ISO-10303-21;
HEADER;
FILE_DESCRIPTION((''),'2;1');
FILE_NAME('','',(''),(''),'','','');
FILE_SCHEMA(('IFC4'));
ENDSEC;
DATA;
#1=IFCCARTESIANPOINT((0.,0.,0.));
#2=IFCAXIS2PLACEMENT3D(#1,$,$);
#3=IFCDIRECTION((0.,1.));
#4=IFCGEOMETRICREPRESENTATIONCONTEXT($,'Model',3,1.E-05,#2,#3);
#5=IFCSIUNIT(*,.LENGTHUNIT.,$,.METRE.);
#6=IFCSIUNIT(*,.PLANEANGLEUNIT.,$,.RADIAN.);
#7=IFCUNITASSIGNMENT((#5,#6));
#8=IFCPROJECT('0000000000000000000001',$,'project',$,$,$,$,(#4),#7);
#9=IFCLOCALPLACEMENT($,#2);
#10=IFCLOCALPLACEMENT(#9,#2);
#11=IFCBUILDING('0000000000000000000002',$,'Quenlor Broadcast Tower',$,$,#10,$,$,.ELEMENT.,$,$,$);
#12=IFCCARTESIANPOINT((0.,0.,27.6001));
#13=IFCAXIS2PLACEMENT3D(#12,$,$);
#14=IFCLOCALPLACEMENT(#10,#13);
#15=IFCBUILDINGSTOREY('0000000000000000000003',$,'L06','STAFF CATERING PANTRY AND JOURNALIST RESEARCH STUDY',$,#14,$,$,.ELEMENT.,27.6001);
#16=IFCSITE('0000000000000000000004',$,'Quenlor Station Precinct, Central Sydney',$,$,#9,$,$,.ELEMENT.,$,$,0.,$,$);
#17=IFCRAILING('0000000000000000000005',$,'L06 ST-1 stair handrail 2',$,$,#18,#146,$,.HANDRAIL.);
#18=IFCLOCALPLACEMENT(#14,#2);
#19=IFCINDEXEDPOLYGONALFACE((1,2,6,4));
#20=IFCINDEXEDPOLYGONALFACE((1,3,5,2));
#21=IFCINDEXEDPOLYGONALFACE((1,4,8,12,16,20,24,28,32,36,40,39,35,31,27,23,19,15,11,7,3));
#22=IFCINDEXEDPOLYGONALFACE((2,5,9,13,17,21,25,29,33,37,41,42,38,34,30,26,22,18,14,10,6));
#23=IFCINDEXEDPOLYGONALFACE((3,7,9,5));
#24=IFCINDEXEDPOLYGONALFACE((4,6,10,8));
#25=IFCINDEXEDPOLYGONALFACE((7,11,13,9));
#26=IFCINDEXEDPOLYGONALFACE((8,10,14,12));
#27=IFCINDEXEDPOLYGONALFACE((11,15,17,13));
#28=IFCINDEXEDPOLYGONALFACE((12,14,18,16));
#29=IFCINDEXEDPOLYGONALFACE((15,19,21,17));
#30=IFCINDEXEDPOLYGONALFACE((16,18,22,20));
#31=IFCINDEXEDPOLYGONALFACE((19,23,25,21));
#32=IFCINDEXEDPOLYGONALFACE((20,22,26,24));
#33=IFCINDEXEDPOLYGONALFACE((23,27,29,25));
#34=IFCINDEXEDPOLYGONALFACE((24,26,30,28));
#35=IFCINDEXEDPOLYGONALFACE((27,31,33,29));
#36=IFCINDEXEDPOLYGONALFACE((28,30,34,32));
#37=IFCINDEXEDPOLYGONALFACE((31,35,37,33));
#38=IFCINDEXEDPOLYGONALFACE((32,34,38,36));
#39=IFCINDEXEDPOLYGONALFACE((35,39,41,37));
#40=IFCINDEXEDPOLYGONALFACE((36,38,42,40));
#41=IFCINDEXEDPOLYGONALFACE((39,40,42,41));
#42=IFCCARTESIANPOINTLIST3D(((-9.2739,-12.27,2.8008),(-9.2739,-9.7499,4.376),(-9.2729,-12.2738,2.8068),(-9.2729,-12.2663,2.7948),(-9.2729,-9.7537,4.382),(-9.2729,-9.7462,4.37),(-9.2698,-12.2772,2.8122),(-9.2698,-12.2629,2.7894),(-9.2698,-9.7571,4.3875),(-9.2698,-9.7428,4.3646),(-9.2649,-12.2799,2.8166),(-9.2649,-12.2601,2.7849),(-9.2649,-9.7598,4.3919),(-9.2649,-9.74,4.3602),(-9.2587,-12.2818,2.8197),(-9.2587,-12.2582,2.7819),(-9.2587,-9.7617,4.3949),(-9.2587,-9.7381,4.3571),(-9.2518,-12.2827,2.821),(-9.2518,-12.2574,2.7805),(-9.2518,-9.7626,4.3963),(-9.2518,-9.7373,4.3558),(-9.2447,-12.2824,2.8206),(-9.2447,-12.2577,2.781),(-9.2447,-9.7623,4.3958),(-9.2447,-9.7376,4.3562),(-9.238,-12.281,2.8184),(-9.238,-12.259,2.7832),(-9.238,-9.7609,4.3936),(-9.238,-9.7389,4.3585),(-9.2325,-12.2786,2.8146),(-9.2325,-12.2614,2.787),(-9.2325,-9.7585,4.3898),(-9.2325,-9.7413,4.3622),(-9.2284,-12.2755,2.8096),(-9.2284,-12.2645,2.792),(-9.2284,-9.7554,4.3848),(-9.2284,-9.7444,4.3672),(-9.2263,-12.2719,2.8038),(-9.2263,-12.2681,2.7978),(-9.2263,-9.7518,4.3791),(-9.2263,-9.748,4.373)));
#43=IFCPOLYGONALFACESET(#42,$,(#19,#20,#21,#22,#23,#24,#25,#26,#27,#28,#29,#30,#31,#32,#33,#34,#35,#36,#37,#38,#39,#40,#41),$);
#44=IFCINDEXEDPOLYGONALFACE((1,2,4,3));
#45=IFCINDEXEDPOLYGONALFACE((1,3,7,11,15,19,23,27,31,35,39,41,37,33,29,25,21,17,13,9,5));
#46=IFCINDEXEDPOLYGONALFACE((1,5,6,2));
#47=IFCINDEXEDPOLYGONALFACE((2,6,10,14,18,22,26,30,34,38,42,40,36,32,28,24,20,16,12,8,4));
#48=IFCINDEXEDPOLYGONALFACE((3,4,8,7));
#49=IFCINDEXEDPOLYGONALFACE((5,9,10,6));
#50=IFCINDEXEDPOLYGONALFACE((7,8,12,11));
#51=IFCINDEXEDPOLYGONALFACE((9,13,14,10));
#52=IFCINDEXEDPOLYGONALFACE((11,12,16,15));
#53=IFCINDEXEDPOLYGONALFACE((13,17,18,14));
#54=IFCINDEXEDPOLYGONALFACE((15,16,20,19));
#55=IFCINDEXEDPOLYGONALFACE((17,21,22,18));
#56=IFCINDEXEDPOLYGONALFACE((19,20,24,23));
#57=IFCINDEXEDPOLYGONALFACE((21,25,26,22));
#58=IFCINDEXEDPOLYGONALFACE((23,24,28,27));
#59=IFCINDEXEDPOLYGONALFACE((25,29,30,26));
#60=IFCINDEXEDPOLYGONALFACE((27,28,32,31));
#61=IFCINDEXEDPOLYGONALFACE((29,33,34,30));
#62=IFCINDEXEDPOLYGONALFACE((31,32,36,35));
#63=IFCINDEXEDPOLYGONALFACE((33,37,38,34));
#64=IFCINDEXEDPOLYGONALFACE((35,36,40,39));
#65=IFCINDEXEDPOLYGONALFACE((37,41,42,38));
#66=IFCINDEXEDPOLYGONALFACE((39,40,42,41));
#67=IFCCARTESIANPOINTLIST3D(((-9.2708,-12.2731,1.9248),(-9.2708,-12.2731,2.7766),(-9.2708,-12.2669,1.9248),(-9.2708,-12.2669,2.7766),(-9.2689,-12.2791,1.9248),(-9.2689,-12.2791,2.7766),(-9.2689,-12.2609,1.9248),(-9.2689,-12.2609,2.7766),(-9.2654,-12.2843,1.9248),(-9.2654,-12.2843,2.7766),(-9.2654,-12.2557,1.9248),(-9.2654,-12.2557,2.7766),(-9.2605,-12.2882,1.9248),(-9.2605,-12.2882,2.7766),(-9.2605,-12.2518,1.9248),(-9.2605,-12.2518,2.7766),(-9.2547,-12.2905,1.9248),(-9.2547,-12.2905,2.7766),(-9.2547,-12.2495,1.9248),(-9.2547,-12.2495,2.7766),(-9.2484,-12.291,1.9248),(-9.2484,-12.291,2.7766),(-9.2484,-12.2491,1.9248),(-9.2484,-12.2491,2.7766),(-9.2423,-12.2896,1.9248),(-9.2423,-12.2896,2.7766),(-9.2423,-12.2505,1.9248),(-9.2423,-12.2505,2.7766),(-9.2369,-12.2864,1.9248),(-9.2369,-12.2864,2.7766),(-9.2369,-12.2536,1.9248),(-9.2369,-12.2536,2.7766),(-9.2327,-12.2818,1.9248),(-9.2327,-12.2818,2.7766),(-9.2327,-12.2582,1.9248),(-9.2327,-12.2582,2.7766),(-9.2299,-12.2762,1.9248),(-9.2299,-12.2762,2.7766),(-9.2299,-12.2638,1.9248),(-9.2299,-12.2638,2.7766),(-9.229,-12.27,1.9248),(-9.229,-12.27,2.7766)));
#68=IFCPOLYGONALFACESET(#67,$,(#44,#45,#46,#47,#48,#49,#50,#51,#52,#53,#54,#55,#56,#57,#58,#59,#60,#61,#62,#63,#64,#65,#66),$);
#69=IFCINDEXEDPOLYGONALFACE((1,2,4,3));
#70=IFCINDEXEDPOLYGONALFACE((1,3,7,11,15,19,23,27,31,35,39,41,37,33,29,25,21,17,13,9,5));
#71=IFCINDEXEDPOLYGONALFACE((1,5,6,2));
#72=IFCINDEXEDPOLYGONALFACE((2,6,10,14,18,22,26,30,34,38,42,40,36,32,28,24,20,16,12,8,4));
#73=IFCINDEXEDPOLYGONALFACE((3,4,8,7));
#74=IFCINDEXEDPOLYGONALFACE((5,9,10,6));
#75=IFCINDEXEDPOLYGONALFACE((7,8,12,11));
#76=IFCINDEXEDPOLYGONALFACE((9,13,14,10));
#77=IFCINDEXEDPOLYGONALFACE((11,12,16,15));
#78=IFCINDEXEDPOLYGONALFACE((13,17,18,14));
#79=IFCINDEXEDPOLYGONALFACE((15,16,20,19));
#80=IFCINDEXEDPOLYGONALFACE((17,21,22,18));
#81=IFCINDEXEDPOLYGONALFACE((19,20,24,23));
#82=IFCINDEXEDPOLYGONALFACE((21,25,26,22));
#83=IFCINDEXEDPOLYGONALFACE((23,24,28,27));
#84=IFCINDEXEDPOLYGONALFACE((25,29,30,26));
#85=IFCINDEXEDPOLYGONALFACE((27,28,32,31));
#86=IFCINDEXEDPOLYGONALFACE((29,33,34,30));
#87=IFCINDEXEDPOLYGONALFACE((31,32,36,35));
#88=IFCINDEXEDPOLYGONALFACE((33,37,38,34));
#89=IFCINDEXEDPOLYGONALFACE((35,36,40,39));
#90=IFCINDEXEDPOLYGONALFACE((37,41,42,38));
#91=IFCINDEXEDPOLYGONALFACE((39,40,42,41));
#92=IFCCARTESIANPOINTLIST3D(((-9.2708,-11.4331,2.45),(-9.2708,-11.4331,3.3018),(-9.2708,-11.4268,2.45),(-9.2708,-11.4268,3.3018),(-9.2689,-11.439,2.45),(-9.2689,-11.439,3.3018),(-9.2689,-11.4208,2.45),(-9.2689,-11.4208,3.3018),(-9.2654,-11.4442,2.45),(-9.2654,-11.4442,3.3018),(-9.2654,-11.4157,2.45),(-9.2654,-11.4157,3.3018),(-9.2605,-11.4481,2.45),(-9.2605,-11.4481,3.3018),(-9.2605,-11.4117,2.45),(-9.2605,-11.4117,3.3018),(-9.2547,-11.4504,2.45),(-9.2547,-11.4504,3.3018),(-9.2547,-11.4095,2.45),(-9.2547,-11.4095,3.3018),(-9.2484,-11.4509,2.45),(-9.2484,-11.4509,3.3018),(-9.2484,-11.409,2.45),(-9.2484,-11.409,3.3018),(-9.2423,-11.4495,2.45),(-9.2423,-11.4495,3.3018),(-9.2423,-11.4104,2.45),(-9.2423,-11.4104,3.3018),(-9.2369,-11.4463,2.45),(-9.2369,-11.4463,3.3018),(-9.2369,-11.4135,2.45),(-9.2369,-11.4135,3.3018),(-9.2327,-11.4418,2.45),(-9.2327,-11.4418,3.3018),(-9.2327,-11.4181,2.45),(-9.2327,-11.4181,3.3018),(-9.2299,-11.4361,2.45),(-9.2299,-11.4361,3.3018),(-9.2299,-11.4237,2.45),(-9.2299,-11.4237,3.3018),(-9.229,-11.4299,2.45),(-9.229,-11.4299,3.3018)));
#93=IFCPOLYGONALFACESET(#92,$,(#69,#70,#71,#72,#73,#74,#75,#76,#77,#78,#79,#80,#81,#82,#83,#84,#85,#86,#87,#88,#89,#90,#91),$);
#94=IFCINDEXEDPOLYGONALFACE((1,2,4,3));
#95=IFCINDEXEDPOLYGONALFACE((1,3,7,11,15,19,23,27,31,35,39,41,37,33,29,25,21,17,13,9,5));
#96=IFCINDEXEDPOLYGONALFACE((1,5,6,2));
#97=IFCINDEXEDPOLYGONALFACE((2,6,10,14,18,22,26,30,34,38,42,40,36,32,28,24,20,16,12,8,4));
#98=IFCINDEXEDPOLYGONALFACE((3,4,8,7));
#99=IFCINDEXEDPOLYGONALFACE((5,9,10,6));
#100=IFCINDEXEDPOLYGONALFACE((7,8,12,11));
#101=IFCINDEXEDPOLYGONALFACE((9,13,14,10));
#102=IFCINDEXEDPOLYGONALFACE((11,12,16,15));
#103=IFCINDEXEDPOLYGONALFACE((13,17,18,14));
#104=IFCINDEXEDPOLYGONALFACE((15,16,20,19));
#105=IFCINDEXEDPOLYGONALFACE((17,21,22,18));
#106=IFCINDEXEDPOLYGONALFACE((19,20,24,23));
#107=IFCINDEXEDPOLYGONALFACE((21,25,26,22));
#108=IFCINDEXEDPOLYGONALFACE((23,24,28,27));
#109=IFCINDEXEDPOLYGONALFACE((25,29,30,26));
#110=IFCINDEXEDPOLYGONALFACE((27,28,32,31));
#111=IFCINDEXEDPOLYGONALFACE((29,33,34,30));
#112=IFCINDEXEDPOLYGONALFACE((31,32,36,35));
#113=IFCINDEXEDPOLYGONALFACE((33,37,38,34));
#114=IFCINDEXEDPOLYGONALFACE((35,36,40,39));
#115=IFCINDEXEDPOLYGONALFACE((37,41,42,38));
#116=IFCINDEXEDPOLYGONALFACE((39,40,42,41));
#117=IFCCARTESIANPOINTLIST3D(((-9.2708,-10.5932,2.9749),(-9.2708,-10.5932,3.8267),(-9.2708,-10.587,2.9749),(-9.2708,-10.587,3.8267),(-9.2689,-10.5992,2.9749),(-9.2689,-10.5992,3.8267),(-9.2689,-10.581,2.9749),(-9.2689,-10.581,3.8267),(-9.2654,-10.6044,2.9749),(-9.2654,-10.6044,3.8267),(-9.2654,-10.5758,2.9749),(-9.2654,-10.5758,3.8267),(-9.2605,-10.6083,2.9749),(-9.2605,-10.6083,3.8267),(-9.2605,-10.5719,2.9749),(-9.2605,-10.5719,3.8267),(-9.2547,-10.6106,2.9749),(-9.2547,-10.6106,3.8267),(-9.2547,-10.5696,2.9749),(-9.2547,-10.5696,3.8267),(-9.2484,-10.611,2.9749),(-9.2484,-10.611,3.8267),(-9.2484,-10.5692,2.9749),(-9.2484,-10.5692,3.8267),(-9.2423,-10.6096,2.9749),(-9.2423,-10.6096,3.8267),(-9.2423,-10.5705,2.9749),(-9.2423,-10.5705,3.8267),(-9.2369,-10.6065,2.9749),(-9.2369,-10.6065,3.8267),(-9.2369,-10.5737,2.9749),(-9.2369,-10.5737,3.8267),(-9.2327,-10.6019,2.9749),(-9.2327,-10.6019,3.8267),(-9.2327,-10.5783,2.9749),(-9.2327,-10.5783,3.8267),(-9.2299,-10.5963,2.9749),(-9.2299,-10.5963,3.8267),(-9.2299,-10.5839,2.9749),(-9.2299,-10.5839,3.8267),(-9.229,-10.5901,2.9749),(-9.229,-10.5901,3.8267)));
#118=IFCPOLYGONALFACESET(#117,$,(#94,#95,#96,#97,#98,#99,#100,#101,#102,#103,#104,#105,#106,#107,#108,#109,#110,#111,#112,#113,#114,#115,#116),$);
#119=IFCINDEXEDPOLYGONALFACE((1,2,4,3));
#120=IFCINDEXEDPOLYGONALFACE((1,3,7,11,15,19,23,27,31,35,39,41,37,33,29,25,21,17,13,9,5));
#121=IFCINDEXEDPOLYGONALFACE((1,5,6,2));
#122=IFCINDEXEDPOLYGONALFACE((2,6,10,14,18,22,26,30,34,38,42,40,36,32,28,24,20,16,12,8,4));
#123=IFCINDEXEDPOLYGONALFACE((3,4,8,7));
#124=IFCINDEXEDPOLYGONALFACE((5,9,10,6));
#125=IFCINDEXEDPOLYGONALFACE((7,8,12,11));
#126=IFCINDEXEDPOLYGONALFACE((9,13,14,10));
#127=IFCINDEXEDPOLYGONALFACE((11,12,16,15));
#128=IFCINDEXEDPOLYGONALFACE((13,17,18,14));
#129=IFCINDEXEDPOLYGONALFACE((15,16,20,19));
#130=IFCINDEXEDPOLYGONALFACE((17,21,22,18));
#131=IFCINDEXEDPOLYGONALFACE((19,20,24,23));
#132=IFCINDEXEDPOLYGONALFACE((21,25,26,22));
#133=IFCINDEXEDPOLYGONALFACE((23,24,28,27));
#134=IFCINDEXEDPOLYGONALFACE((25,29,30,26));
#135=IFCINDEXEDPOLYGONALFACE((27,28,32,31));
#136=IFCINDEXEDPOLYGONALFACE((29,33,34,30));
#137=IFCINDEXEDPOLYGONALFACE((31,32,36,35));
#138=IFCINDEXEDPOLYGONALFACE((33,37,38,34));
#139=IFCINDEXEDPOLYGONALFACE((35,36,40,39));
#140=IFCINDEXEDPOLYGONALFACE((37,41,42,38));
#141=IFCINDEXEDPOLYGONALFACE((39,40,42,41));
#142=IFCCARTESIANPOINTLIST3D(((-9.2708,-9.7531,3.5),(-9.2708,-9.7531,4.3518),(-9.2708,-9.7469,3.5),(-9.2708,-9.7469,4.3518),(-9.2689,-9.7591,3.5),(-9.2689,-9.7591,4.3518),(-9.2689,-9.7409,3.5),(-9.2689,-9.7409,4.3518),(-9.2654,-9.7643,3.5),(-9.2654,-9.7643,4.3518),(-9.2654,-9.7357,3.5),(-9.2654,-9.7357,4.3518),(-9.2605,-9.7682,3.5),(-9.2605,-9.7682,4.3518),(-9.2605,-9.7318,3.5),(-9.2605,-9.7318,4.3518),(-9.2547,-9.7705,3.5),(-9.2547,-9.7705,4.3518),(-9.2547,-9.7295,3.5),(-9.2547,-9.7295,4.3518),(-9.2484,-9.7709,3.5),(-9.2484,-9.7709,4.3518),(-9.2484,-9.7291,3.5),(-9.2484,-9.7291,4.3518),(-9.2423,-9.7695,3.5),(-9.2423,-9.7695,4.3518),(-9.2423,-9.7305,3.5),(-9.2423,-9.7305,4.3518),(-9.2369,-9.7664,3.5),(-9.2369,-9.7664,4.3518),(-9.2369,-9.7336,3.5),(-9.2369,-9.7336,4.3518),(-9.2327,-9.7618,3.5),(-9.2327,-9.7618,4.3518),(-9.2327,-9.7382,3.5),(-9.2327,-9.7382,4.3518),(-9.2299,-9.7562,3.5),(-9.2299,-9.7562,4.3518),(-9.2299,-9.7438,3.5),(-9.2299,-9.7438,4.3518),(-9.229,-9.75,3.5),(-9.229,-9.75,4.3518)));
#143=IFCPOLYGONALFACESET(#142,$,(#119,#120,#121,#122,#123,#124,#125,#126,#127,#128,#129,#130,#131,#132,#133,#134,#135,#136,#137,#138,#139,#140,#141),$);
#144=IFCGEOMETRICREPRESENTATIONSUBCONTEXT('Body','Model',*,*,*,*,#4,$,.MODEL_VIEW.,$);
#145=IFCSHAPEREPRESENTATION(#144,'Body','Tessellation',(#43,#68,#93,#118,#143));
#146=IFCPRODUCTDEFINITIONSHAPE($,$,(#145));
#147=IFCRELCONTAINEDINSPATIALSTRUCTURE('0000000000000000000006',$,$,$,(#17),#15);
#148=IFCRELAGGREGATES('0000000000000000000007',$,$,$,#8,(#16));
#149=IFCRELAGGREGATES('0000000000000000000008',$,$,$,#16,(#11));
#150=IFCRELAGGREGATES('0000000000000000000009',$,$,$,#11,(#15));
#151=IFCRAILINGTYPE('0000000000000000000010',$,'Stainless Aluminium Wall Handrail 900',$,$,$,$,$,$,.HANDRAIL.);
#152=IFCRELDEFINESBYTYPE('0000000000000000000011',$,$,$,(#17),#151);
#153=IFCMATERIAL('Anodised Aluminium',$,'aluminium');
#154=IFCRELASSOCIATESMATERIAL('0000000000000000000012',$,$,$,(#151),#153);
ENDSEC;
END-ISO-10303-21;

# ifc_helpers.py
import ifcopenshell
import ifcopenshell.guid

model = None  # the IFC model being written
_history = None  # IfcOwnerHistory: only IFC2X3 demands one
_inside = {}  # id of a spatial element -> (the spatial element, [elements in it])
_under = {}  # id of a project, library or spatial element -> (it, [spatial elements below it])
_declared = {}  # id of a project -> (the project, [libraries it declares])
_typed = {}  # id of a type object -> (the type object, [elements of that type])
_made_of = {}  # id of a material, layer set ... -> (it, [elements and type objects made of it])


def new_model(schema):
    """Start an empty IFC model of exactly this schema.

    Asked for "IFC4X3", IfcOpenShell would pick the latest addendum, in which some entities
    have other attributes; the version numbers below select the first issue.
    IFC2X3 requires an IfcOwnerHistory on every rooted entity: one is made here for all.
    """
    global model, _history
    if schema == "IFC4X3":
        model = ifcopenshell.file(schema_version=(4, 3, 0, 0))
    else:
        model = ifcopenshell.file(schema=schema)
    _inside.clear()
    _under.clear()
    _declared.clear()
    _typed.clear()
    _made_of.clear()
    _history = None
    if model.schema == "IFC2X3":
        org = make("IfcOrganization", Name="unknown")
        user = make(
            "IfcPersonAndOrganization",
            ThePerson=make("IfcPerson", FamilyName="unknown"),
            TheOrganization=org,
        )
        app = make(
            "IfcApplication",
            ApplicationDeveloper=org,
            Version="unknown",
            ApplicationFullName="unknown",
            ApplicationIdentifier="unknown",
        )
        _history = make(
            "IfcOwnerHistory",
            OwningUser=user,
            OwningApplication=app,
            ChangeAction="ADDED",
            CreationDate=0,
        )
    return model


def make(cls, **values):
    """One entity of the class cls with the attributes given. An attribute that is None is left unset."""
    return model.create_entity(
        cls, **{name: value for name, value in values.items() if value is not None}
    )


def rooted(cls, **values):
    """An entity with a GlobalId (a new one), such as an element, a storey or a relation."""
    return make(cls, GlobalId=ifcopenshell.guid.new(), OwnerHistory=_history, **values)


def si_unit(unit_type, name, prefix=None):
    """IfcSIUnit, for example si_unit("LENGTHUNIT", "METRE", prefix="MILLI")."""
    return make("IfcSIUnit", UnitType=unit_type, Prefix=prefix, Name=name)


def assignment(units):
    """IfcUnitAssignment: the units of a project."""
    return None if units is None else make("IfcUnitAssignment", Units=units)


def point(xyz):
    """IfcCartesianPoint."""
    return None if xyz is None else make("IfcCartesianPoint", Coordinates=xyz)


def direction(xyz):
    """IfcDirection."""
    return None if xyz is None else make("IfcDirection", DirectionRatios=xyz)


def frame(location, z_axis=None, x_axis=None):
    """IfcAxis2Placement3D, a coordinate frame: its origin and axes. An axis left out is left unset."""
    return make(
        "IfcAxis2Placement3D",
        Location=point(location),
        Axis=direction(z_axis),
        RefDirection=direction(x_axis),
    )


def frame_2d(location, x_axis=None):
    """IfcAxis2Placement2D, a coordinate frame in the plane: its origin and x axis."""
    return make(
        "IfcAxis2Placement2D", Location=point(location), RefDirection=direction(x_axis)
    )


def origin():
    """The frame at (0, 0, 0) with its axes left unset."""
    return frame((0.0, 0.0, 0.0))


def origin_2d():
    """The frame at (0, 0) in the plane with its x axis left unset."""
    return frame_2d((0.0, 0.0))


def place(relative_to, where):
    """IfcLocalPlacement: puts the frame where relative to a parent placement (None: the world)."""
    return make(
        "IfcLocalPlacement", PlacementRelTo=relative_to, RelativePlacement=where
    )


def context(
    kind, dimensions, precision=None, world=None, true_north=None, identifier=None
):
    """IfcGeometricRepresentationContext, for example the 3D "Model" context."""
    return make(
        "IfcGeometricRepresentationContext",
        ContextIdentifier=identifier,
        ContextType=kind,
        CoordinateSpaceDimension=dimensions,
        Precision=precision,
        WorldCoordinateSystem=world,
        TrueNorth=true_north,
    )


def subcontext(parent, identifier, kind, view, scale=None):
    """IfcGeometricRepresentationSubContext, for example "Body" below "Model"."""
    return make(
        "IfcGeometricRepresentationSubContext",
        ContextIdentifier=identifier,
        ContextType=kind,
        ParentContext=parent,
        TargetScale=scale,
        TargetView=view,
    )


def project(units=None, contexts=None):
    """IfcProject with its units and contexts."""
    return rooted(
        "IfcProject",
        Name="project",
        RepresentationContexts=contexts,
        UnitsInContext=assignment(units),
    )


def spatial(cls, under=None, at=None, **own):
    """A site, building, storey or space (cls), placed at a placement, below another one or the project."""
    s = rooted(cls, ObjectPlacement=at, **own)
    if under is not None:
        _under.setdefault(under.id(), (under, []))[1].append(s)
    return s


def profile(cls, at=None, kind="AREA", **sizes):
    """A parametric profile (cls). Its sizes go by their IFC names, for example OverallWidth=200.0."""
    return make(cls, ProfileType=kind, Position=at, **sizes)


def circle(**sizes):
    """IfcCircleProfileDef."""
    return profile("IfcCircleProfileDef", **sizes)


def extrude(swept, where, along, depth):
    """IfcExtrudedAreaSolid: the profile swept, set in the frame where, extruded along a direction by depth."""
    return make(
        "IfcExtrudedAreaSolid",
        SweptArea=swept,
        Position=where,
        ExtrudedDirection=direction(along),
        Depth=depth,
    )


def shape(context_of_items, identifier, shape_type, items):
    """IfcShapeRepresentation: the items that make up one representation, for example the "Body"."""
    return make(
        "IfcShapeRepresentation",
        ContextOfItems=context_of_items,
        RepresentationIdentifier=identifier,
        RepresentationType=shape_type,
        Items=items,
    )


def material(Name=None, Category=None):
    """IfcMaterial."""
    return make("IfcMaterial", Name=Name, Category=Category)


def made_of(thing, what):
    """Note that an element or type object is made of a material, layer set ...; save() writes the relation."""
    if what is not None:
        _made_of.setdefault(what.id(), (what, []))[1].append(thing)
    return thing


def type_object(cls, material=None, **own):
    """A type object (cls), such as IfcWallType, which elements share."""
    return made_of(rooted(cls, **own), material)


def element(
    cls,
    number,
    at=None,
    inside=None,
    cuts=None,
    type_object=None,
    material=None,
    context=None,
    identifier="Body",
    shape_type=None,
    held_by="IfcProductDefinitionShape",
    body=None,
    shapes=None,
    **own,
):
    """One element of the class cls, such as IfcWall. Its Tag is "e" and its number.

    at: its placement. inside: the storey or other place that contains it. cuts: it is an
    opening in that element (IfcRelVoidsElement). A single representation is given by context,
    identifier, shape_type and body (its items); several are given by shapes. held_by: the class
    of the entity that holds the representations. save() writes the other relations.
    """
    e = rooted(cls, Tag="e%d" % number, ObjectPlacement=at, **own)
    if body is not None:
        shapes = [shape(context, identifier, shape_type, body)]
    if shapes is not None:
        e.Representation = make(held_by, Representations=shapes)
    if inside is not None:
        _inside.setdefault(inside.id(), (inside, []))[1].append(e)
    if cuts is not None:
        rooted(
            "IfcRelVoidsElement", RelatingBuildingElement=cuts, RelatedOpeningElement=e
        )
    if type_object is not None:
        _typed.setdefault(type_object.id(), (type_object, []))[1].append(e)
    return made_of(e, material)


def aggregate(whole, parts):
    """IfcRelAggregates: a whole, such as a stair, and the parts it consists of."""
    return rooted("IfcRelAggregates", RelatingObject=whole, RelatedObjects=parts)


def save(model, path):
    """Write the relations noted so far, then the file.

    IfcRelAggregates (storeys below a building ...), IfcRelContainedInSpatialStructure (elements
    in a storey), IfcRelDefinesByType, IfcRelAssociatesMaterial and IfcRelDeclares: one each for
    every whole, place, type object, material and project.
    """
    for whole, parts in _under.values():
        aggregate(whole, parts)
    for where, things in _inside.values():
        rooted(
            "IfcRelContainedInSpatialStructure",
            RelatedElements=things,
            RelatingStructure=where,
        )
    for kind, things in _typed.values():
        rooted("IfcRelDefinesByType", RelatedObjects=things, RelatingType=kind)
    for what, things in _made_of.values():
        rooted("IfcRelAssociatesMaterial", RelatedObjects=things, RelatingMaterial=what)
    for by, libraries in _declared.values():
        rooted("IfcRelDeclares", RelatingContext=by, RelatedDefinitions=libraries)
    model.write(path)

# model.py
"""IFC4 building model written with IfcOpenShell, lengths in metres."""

from ifc_helpers import new_model, si_unit, direction, frame, origin, origin_2d, place, context, subcontext, project, spatial, circle, extrude, material, type_object, element, save


model = new_model("IFC4")

# Units and contexts
model_context = context("Model", 3, precision=1e-05, world=origin(), true_north=direction((0.0, 1.0)))
body_context = subcontext(model_context, "Body", "Model", "MODEL_VIEW")
ifc_project = project(units=[si_unit("LENGTHUNIT", "METRE"), si_unit("PLANEANGLEUNIT", "RADIAN")], contexts=[model_context])

# Site, building, storey
site_placement = place(None, origin())
site = spatial("IfcSite", under=ifc_project, at=site_placement, Name="Quenlor Station Precinct, Central Sydney", CompositionType="ELEMENT", RefElevation=0.0)
building_placement = place(site_placement, origin())
building = spatial("IfcBuilding", under=site, at=building_placement, Name="Quenlor Broadcast Tower", CompositionType="ELEMENT")
storey_placement = place(building_placement, frame((0.0, 0.0, 27.6001)))
storey = spatial("IfcBuildingStorey", under=building, at=storey_placement, Name="L06", Description="STAFF CATERING PANTRY AND JOURNALIST RESEARCH STUDY", CompositionType="ELEMENT", Elevation=27.6001)

# Railing
ifc_material_1 = material(Name="Anodised Aluminium", Category="aluminium")
railing_type_1 = type_object("IfcRailingType", Name="Stainless Aluminium Wall Handrail 900", PredefinedType="HANDRAIL", material=ifc_material_1)
railing_1_placement = place(storey_placement, frame((-9.25, -12.27, 1.9248)))
element("IfcRailing", 1, at=railing_1_placement, inside=storey, type_object=railing_type_1, Name="L06 ST-1 stair handrail 2", PredefinedType="HANDRAIL", context=body_context, shape_type="SweptSolid", body=[
    extrude(circle(Radius=0.0239, at=origin_2d()), frame((0.0, 0.0, 0.876), z_axis=(0.0, 0.847971, 0.530043), x_axis=(-1.0, 0.0, 0.0)), (0.0, 0.0, 1.0), 2.9719),
    extrude(circle(Radius=0.021, at=origin_2d()), origin(), (0.0, 0.0, 1.0), 0.8518),
    extrude(circle(Radius=0.021, at=origin_2d()), frame((0.0, 0.8401, 0.5251)), (0.0, 0.0, 1.0), 0.8518),
    extrude(circle(Radius=0.021, at=origin_2d()), frame((0.0, 1.6799, 1.05)), (0.0, 0.0, 1.0), 0.8518),
    extrude(circle(Radius=0.021, at=origin_2d()), frame((0.0, 2.52, 1.5752)), (0.0, 0.0, 1.0), 0.8518),
])

save(model, "model.ifc")
